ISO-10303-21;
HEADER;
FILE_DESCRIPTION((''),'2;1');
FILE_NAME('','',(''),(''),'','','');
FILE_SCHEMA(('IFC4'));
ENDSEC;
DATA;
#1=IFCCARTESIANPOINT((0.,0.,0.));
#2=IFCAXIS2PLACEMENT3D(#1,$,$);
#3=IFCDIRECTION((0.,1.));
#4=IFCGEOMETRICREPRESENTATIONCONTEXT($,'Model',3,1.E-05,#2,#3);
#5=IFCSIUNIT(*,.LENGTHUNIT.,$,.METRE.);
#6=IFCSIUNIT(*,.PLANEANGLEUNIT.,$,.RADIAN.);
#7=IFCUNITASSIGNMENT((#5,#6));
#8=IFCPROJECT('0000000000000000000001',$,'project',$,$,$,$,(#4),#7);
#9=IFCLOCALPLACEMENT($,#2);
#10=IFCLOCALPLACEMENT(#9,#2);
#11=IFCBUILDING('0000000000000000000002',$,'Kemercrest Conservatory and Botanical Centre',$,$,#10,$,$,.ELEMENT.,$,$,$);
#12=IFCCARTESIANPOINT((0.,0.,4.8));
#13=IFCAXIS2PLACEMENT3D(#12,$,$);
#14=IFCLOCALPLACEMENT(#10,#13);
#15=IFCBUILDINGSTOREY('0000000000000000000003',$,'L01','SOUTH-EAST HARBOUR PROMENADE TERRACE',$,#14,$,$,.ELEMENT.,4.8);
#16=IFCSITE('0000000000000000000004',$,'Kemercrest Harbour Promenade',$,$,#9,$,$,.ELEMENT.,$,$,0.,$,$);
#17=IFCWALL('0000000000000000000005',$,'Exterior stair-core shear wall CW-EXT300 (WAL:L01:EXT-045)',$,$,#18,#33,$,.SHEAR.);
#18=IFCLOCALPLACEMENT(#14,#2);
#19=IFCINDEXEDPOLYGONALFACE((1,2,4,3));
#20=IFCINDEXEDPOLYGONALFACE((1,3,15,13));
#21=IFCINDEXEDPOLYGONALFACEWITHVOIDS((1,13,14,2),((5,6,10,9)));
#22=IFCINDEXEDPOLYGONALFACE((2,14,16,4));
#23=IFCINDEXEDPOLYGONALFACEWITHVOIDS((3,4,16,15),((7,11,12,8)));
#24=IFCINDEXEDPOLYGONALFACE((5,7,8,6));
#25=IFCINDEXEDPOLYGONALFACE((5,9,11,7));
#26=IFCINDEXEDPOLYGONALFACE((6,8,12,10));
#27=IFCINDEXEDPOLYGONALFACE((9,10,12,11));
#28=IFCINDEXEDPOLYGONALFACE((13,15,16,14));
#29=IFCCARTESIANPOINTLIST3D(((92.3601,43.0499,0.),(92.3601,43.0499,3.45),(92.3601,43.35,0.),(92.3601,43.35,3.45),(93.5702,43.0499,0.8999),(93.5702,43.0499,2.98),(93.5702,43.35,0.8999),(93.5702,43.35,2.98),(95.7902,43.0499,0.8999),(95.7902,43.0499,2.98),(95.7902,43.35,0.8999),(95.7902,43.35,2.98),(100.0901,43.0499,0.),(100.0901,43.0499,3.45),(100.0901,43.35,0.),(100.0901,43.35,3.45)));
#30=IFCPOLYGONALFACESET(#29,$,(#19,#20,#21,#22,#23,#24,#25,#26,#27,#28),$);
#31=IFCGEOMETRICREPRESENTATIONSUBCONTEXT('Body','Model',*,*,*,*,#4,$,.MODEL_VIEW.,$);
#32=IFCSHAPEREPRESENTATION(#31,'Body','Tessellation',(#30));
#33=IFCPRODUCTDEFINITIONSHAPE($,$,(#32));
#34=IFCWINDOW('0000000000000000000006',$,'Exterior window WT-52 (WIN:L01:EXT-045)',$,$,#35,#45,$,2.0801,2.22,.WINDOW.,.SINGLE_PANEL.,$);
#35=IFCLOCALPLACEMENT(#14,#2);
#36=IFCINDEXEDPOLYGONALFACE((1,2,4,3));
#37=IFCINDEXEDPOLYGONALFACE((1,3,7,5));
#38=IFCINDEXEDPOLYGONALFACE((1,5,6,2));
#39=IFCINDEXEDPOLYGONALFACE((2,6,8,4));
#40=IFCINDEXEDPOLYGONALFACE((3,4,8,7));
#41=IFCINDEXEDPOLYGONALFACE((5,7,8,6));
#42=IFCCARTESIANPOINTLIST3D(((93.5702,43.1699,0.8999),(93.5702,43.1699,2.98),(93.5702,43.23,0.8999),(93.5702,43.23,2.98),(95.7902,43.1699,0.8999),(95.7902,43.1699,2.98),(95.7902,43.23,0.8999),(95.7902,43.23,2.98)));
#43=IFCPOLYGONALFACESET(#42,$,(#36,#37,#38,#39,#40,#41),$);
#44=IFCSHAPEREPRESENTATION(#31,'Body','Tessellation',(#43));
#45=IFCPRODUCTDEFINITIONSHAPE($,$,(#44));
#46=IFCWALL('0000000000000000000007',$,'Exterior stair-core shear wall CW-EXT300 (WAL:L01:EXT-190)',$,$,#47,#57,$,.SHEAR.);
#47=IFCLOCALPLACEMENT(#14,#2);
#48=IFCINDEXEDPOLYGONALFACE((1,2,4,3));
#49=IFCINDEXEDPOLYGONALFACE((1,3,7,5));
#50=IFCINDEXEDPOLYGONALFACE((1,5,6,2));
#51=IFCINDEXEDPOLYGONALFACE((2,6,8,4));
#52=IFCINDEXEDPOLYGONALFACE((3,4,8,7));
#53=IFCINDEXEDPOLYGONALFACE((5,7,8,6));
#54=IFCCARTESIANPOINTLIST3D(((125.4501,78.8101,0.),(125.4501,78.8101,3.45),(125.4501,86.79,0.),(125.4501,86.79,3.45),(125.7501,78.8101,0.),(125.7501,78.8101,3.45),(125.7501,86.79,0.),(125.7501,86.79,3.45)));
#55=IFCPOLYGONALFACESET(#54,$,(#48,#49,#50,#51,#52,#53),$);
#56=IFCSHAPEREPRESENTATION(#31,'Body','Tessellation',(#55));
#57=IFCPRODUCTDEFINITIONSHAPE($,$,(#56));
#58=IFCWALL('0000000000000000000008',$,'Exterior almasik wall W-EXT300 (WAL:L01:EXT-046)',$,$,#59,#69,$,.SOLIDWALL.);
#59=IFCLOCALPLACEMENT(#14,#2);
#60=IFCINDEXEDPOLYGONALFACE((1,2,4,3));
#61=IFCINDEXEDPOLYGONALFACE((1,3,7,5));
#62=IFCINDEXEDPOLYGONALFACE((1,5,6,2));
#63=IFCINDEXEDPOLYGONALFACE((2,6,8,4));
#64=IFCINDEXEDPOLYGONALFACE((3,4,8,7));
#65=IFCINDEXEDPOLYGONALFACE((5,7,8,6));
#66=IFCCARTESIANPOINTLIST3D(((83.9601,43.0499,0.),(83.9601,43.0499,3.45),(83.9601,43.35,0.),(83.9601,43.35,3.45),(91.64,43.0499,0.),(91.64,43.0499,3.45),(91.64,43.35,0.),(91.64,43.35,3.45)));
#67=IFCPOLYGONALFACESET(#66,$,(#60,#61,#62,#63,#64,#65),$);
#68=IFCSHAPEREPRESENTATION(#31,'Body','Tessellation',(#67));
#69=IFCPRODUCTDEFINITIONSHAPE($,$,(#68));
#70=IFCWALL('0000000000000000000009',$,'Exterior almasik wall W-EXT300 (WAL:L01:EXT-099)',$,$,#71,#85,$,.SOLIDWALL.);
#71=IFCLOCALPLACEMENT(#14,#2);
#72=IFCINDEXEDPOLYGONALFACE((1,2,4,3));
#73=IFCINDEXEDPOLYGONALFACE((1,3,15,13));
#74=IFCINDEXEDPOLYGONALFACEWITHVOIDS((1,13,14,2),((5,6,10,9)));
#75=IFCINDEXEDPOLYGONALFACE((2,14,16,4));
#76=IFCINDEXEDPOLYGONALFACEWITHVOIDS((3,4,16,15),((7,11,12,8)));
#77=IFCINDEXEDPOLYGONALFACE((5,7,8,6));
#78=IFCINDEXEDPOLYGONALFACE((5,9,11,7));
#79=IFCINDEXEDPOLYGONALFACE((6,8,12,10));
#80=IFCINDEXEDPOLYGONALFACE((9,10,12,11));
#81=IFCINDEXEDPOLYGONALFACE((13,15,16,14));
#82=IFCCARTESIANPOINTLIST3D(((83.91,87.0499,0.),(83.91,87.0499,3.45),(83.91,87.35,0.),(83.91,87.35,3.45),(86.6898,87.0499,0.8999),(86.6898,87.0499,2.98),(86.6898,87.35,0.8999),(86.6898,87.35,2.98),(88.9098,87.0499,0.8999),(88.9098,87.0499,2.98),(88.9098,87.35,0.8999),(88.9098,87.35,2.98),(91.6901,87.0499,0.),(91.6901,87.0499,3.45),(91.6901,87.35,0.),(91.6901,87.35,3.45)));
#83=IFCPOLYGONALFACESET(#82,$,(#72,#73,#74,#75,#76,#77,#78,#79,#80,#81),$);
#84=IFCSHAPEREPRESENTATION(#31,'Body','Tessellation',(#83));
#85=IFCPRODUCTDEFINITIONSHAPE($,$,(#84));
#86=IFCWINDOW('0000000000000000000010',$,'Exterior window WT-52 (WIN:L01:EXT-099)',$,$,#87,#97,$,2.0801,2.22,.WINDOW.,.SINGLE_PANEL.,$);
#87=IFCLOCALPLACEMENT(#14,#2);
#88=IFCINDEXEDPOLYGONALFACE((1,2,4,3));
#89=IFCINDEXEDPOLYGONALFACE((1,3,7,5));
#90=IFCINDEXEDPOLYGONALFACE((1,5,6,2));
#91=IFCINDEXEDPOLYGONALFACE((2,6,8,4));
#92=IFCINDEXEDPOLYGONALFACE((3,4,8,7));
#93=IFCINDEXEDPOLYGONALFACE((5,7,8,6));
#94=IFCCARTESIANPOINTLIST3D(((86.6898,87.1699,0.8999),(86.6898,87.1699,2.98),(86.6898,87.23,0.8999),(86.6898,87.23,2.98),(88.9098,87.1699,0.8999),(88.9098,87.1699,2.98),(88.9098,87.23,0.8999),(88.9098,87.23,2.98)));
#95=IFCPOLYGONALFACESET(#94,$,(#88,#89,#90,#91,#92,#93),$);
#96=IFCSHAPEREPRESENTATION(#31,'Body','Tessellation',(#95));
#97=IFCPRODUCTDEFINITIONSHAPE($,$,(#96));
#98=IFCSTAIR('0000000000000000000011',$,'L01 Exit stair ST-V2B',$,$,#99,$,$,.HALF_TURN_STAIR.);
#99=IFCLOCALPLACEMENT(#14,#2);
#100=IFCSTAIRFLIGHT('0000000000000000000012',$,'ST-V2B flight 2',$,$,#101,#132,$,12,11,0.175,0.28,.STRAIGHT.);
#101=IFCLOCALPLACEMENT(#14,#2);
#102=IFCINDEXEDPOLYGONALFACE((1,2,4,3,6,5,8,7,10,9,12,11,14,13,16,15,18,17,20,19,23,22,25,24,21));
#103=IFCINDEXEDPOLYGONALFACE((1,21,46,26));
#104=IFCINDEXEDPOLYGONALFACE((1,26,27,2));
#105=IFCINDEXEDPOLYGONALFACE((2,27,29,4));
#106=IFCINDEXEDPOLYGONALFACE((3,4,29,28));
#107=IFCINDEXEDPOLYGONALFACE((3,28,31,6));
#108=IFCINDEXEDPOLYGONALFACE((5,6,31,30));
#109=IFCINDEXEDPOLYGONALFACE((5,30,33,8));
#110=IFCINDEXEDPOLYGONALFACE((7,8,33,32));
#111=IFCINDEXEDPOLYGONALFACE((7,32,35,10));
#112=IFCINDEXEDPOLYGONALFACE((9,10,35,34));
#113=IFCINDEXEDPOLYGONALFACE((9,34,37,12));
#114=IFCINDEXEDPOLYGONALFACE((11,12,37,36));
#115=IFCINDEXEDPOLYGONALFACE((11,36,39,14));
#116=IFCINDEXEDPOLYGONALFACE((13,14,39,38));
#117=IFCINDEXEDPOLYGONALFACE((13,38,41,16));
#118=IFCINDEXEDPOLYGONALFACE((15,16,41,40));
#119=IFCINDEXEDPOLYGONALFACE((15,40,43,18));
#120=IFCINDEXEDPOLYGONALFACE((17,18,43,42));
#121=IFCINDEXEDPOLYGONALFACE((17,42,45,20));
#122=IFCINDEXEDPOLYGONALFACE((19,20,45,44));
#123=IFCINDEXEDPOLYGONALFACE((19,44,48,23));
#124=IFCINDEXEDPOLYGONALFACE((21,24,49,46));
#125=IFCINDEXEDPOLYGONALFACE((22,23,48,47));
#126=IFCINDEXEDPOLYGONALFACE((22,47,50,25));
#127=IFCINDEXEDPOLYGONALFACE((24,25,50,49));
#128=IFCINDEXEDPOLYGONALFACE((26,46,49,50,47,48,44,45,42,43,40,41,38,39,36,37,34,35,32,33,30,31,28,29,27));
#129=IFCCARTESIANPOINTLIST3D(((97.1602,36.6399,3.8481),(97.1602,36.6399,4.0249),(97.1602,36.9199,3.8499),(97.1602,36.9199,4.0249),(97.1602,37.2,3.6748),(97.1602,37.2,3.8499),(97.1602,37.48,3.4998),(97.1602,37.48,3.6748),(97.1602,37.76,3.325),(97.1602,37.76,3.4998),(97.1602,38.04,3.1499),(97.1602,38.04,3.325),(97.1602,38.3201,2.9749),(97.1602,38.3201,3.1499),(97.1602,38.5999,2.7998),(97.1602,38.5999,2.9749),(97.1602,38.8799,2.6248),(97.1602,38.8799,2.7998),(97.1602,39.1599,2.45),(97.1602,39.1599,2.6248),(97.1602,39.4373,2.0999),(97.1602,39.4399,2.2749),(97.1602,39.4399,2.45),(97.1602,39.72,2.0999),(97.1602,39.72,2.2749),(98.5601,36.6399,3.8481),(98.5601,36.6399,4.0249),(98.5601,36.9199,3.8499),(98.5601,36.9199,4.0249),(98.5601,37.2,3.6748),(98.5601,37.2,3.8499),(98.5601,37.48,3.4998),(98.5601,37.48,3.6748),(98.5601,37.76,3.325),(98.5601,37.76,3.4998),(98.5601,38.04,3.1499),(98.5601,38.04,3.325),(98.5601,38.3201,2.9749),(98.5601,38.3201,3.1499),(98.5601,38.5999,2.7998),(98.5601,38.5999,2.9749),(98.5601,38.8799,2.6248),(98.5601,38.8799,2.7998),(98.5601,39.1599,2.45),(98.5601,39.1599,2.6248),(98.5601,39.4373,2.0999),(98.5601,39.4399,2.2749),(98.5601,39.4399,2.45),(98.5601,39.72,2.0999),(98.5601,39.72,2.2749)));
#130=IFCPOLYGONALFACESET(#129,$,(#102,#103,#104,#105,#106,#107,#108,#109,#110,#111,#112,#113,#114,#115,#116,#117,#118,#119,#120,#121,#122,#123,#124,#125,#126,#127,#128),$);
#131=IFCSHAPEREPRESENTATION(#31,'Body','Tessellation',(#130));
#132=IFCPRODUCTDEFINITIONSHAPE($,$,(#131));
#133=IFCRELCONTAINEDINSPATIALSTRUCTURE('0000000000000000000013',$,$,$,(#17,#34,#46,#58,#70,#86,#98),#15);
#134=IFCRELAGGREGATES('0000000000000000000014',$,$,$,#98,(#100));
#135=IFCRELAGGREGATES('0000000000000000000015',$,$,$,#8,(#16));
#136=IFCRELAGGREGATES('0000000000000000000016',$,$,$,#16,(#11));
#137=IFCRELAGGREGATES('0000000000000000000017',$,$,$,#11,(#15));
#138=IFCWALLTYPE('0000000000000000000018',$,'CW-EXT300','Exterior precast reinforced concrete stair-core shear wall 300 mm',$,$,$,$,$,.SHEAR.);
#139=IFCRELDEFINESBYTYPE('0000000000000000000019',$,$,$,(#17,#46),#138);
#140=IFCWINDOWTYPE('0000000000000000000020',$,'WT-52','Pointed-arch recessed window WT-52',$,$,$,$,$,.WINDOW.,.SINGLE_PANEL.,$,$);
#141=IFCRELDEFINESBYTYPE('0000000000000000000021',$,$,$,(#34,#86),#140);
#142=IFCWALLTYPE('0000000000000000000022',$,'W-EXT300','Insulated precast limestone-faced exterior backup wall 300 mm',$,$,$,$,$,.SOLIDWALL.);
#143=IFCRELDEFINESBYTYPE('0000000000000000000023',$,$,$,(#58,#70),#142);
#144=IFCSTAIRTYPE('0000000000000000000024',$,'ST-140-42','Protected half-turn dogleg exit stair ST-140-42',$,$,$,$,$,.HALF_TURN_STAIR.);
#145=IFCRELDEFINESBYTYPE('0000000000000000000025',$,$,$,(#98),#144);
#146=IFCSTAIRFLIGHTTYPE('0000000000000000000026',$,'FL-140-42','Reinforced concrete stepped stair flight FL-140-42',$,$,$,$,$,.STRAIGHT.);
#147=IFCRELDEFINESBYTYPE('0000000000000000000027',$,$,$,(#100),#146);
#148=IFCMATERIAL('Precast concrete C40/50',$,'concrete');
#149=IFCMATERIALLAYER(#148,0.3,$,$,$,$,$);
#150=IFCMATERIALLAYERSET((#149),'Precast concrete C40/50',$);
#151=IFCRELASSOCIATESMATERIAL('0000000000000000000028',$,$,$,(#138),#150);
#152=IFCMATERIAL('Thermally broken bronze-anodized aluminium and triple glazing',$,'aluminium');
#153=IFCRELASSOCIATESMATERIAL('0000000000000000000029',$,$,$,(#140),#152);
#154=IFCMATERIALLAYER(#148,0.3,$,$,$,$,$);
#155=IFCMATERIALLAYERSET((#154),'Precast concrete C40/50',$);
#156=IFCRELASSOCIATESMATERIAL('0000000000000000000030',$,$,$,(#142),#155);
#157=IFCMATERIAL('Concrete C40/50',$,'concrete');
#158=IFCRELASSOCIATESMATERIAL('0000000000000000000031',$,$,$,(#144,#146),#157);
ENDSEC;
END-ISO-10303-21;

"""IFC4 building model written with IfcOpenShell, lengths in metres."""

from ifc_helpers import new_model, si_unit, direction, frame, frame_2d, origin, place, context, subcontext, project, spatial, polyline, rectangle, outline, extrude, material, layer, layer_set, type_object, element, fill, aggregate, save


model = new_model("IFC4")

# Units and contexts
model_context = context("Model", 3, precision=1e-05, world=origin(), true_north=direction((0.0, 1.0)))
body_context = subcontext(model_context, "Body", "Model", "MODEL_VIEW")
ifc_project = project(units=[si_unit("LENGTHUNIT", "METRE"), si_unit("PLANEANGLEUNIT", "RADIAN")], contexts=[model_context])

# Site, building, storey
site_placement = place(None, origin())
site = spatial("IfcSite", under=ifc_project, at=site_placement, Name="Kemercrest Harbour Promenade", CompositionType="ELEMENT", RefElevation=0.0)
building_placement = place(site_placement, origin())
building = spatial("IfcBuilding", under=site, at=building_placement, Name="Kemercrest Conservatory and Botanical Centre", CompositionType="ELEMENT")
storey_placement = place(building_placement, frame((0.0, 0.0, 4.8)))
storey = spatial("IfcBuildingStorey", under=building, at=storey_placement, Name="L01", Description="SOUTH-EAST HARBOUR PROMENADE TERRACE", CompositionType="ELEMENT", Elevation=4.8)

# Shared definitions
ifc_material_1 = material(Name="Concrete C40/50", Category="concrete")

# Shared definitions
ifc_material_2 = material(Name="Precast concrete C40/50", Category="concrete")

# Wall, opening, window
ifc_layer_1 = layer(ifc_material_2, 0.3)
ifc_layer_set_1 = layer_set([ifc_layer_1], Name="Precast concrete C40/50")
wall_type_1 = type_object("IfcWallType", Name="CW-EXT300", Description="Exterior precast reinforced concrete stair-core shear wall 300 mm", PredefinedType="SHEAR", material=ifc_layer_set_1)
wall_1_placement = place(storey_placement, frame((100.0901, 43.2, 0.0), z_axis=(0.0, 0.0, 1.0), x_axis=(-1.0, 0.0, 0.0)))
wall_1 = element("IfcWall", 1, at=wall_1_placement, inside=storey, type_object=wall_type_1, Name="Exterior stair-core shear wall CW-EXT300 (WAL:L01:EXT-045)", PredefinedType="SHEAR", context=body_context, shape_type="SweptSolid", body=[
    extrude(rectangle(XDim=7.73, YDim=0.3, at=frame_2d((3.865, 0.0))), origin(), (0.0, 0.0, 1.0), 3.45),
])
opening_1_placement = place(wall_1_placement, frame((4.3, 0.0, 0.8999)))
opening_1 = element("IfcOpeningElement", 2, at=opening_1_placement, cuts=wall_1, PredefinedType="OPENING", context=body_context, shape_type="SweptSolid", body=[
    extrude(rectangle(XDim=2.22, YDim=2.0801, at=frame_2d((1.1099, 1.04))), frame((0.0, 0.1602, 0.0), z_axis=(0.0, -1.0, 0.0), x_axis=(1.0, 0.0, 0.0)), (0.0, 0.0, 1.0), 0.3201),
])
ifc_material_3 = material(Name="Thermally broken bronze-anodized aluminium and triple glazing", Category="aluminium")
window_type = type_object("IfcWindowType", Name="WT-52", Description="Pointed-arch recessed window WT-52", PartitioningType="SINGLE_PANEL", PredefinedType="WINDOW", material=ifc_material_3)
window_1_placement = place(opening_1_placement, origin())
window_1 = element("IfcWindow", 3, at=window_1_placement, inside=storey, type_object=window_type, Name="Exterior window WT-52 (WIN:L01:EXT-045)", OverallHeight=2.0801, OverallWidth=2.22, PartitioningType="SINGLE_PANEL", PredefinedType="WINDOW", context=body_context, shape_type="SweptSolid", body=[
    extrude(rectangle(XDim=2.22, YDim=2.0801, at=frame_2d((1.1099, 1.04))), frame((0.0, 0.03, 0.0), z_axis=(0.0, -1.0, 0.0), x_axis=(1.0, 0.0, 0.0)), (0.0, 0.0, 1.0), 0.0601),
])
fill(opening_1, window_1)

# Walls
wall_2_placement = place(storey_placement, frame((125.6001, 86.79, 0.0), z_axis=(0.0, 0.0, 1.0), x_axis=(0.0, -1.0, 0.0)))
element("IfcWall", 4, at=wall_2_placement, inside=storey, type_object=wall_type_1, Name="Exterior stair-core shear wall CW-EXT300 (WAL:L01:EXT-190)", PredefinedType="SHEAR", context=body_context, shape_type="SweptSolid", body=[
    extrude(rectangle(XDim=7.98, YDim=0.3, at=frame_2d((3.99, 0.0))), origin(), (0.0, 0.0, 1.0), 3.45),
])
ifc_layer_2 = layer(ifc_material_2, 0.3)
ifc_layer_set_2 = layer_set([ifc_layer_2], Name="Precast concrete C40/50")
wall_type_2 = type_object("IfcWallType", Name="W-EXT300", Description="Insulated precast limestone-faced exterior backup wall 300 mm", PredefinedType="SOLIDWALL", material=ifc_layer_set_2)
wall_3_placement = place(storey_placement, frame((91.6399, 43.2, 0.0), z_axis=(0.0, 0.0, 1.0), x_axis=(-1.0, 0.0, 0.0)))
element("IfcWall", 5, at=wall_3_placement, inside=storey, type_object=wall_type_2, Name="Exterior almasik wall W-EXT300 (WAL:L01:EXT-046)", PredefinedType="SOLIDWALL", context=body_context, shape_type="SweptSolid", body=[
    extrude(rectangle(XDim=7.6799, YDim=0.3, at=frame_2d((3.8398, 0.0))), origin(), (0.0, 0.0, 1.0), 3.45),
])

# Wall, opening, window
wall_4_placement = place(storey_placement, frame((83.9099, 87.2, 0.0), z_axis=(0.0, 0.0, 1.0), x_axis=(1.0, 0.0, 0.0)))
wall_4 = element("IfcWall", 6, at=wall_4_placement, inside=storey, type_object=wall_type_2, Name="Exterior almasik wall W-EXT300 (WAL:L01:EXT-099)", PredefinedType="SOLIDWALL", context=body_context, shape_type="SweptSolid", body=[
    extrude(rectangle(XDim=7.78, YDim=0.3, at=frame_2d((3.8901, 0.0))), origin(), (0.0, 0.0, 1.0), 3.45),
])
opening_2_placement = place(wall_4_placement, frame((2.78, 0.0, 0.8999)))
opening_2 = element("IfcOpeningElement", 7, at=opening_2_placement, cuts=wall_4, PredefinedType="OPENING", context=body_context, shape_type="SweptSolid", body=[
    extrude(rectangle(XDim=2.22, YDim=2.0801, at=frame_2d((1.1099, 1.04))), frame((0.0, 0.1602, 0.0), z_axis=(0.0, -1.0, 0.0), x_axis=(1.0, 0.0, 0.0)), (0.0, 0.0, 1.0), 0.3201),
])
window_2_placement = place(opening_2_placement, origin())
window_2 = element("IfcWindow", 8, at=window_2_placement, inside=storey, type_object=window_type, Name="Exterior window WT-52 (WIN:L01:EXT-099)", OverallHeight=2.0801, OverallWidth=2.22, PartitioningType="SINGLE_PANEL", PredefinedType="WINDOW", context=body_context, shape_type="SweptSolid", body=[
    extrude(rectangle(XDim=2.22, YDim=2.0801, at=frame_2d((1.1099, 1.04))), frame((0.0, 0.03, 0.0), z_axis=(0.0, -1.0, 0.0), x_axis=(1.0, 0.0, 0.0)), (0.0, 0.0, 1.0), 0.0601),
])
fill(opening_2, window_2)

# Stair, stair flight
stair_type = type_object("IfcStairType", Name="ST-140-42", Description="Protected half-turn dogleg exit stair ST-140-42", PredefinedType="HALF_TURN_STAIR", material=ifc_material_1)
stair_placement = place(storey_placement, origin())
stair = element("IfcStair", 9, at=stair_placement, inside=storey, type_object=stair_type, Name="L01 Exit stair ST-V2B", PredefinedType="HALF_TURN_STAIR")
stair_flight_type = type_object("IfcStairFlightType", Name="FL-140-42", Description="Reinforced concrete stepped stair flight FL-140-42", PredefinedType="STRAIGHT", material=ifc_material_1)
stair_flight_placement = place(storey_placement, frame((97.8601, 39.72, 2.0999), z_axis=(0.0, 0.0, 1.0), x_axis=(0.0, -1.0, 0.0)))
stair_flight = element("IfcStairFlight", 10, at=stair_flight_placement, type_object=stair_flight_type, Name="ST-V2B flight 2", NumberOfRisers=12, NumberOfTreads=11, PredefinedType="STRAIGHT", RiserHeight=0.175, TreadLength=0.28, context=body_context, shape_type="SweptSolid", body=[
    extrude(outline(polyline([(0.0, 0.0), (0.0, 0.175), (0.28, 0.175), (0.28, 0.3501), (0.5601, 0.3501), (0.5601, 0.5249), (0.8401, 0.5249), (0.8401, 0.7), (1.1201, 0.7), (1.1201, 0.875), (1.3999, 0.875), (1.3999, 1.05), (1.6799, 1.05), (1.6799, 1.2251), (1.96, 1.2251), (1.96, 1.3999), (2.24, 1.3999), (2.24, 1.575), (2.52, 1.575), (2.52, 1.75), (2.8, 1.75), (2.8, 1.925), (3.0801, 1.925), (3.0801, 2.1001), (3.0801, 1.7483), (0.2827, 0.0), (0.0, 0.0)])), frame((0.0, 0.7, 0.0), z_axis=(0.0, -1.0, 0.0), x_axis=(1.0, 0.0, 0.0)), (0.0, 0.0, 1.0), 1.3999),
])
aggregate(stair, [stair_flight])

save(model, "model.ifc")
